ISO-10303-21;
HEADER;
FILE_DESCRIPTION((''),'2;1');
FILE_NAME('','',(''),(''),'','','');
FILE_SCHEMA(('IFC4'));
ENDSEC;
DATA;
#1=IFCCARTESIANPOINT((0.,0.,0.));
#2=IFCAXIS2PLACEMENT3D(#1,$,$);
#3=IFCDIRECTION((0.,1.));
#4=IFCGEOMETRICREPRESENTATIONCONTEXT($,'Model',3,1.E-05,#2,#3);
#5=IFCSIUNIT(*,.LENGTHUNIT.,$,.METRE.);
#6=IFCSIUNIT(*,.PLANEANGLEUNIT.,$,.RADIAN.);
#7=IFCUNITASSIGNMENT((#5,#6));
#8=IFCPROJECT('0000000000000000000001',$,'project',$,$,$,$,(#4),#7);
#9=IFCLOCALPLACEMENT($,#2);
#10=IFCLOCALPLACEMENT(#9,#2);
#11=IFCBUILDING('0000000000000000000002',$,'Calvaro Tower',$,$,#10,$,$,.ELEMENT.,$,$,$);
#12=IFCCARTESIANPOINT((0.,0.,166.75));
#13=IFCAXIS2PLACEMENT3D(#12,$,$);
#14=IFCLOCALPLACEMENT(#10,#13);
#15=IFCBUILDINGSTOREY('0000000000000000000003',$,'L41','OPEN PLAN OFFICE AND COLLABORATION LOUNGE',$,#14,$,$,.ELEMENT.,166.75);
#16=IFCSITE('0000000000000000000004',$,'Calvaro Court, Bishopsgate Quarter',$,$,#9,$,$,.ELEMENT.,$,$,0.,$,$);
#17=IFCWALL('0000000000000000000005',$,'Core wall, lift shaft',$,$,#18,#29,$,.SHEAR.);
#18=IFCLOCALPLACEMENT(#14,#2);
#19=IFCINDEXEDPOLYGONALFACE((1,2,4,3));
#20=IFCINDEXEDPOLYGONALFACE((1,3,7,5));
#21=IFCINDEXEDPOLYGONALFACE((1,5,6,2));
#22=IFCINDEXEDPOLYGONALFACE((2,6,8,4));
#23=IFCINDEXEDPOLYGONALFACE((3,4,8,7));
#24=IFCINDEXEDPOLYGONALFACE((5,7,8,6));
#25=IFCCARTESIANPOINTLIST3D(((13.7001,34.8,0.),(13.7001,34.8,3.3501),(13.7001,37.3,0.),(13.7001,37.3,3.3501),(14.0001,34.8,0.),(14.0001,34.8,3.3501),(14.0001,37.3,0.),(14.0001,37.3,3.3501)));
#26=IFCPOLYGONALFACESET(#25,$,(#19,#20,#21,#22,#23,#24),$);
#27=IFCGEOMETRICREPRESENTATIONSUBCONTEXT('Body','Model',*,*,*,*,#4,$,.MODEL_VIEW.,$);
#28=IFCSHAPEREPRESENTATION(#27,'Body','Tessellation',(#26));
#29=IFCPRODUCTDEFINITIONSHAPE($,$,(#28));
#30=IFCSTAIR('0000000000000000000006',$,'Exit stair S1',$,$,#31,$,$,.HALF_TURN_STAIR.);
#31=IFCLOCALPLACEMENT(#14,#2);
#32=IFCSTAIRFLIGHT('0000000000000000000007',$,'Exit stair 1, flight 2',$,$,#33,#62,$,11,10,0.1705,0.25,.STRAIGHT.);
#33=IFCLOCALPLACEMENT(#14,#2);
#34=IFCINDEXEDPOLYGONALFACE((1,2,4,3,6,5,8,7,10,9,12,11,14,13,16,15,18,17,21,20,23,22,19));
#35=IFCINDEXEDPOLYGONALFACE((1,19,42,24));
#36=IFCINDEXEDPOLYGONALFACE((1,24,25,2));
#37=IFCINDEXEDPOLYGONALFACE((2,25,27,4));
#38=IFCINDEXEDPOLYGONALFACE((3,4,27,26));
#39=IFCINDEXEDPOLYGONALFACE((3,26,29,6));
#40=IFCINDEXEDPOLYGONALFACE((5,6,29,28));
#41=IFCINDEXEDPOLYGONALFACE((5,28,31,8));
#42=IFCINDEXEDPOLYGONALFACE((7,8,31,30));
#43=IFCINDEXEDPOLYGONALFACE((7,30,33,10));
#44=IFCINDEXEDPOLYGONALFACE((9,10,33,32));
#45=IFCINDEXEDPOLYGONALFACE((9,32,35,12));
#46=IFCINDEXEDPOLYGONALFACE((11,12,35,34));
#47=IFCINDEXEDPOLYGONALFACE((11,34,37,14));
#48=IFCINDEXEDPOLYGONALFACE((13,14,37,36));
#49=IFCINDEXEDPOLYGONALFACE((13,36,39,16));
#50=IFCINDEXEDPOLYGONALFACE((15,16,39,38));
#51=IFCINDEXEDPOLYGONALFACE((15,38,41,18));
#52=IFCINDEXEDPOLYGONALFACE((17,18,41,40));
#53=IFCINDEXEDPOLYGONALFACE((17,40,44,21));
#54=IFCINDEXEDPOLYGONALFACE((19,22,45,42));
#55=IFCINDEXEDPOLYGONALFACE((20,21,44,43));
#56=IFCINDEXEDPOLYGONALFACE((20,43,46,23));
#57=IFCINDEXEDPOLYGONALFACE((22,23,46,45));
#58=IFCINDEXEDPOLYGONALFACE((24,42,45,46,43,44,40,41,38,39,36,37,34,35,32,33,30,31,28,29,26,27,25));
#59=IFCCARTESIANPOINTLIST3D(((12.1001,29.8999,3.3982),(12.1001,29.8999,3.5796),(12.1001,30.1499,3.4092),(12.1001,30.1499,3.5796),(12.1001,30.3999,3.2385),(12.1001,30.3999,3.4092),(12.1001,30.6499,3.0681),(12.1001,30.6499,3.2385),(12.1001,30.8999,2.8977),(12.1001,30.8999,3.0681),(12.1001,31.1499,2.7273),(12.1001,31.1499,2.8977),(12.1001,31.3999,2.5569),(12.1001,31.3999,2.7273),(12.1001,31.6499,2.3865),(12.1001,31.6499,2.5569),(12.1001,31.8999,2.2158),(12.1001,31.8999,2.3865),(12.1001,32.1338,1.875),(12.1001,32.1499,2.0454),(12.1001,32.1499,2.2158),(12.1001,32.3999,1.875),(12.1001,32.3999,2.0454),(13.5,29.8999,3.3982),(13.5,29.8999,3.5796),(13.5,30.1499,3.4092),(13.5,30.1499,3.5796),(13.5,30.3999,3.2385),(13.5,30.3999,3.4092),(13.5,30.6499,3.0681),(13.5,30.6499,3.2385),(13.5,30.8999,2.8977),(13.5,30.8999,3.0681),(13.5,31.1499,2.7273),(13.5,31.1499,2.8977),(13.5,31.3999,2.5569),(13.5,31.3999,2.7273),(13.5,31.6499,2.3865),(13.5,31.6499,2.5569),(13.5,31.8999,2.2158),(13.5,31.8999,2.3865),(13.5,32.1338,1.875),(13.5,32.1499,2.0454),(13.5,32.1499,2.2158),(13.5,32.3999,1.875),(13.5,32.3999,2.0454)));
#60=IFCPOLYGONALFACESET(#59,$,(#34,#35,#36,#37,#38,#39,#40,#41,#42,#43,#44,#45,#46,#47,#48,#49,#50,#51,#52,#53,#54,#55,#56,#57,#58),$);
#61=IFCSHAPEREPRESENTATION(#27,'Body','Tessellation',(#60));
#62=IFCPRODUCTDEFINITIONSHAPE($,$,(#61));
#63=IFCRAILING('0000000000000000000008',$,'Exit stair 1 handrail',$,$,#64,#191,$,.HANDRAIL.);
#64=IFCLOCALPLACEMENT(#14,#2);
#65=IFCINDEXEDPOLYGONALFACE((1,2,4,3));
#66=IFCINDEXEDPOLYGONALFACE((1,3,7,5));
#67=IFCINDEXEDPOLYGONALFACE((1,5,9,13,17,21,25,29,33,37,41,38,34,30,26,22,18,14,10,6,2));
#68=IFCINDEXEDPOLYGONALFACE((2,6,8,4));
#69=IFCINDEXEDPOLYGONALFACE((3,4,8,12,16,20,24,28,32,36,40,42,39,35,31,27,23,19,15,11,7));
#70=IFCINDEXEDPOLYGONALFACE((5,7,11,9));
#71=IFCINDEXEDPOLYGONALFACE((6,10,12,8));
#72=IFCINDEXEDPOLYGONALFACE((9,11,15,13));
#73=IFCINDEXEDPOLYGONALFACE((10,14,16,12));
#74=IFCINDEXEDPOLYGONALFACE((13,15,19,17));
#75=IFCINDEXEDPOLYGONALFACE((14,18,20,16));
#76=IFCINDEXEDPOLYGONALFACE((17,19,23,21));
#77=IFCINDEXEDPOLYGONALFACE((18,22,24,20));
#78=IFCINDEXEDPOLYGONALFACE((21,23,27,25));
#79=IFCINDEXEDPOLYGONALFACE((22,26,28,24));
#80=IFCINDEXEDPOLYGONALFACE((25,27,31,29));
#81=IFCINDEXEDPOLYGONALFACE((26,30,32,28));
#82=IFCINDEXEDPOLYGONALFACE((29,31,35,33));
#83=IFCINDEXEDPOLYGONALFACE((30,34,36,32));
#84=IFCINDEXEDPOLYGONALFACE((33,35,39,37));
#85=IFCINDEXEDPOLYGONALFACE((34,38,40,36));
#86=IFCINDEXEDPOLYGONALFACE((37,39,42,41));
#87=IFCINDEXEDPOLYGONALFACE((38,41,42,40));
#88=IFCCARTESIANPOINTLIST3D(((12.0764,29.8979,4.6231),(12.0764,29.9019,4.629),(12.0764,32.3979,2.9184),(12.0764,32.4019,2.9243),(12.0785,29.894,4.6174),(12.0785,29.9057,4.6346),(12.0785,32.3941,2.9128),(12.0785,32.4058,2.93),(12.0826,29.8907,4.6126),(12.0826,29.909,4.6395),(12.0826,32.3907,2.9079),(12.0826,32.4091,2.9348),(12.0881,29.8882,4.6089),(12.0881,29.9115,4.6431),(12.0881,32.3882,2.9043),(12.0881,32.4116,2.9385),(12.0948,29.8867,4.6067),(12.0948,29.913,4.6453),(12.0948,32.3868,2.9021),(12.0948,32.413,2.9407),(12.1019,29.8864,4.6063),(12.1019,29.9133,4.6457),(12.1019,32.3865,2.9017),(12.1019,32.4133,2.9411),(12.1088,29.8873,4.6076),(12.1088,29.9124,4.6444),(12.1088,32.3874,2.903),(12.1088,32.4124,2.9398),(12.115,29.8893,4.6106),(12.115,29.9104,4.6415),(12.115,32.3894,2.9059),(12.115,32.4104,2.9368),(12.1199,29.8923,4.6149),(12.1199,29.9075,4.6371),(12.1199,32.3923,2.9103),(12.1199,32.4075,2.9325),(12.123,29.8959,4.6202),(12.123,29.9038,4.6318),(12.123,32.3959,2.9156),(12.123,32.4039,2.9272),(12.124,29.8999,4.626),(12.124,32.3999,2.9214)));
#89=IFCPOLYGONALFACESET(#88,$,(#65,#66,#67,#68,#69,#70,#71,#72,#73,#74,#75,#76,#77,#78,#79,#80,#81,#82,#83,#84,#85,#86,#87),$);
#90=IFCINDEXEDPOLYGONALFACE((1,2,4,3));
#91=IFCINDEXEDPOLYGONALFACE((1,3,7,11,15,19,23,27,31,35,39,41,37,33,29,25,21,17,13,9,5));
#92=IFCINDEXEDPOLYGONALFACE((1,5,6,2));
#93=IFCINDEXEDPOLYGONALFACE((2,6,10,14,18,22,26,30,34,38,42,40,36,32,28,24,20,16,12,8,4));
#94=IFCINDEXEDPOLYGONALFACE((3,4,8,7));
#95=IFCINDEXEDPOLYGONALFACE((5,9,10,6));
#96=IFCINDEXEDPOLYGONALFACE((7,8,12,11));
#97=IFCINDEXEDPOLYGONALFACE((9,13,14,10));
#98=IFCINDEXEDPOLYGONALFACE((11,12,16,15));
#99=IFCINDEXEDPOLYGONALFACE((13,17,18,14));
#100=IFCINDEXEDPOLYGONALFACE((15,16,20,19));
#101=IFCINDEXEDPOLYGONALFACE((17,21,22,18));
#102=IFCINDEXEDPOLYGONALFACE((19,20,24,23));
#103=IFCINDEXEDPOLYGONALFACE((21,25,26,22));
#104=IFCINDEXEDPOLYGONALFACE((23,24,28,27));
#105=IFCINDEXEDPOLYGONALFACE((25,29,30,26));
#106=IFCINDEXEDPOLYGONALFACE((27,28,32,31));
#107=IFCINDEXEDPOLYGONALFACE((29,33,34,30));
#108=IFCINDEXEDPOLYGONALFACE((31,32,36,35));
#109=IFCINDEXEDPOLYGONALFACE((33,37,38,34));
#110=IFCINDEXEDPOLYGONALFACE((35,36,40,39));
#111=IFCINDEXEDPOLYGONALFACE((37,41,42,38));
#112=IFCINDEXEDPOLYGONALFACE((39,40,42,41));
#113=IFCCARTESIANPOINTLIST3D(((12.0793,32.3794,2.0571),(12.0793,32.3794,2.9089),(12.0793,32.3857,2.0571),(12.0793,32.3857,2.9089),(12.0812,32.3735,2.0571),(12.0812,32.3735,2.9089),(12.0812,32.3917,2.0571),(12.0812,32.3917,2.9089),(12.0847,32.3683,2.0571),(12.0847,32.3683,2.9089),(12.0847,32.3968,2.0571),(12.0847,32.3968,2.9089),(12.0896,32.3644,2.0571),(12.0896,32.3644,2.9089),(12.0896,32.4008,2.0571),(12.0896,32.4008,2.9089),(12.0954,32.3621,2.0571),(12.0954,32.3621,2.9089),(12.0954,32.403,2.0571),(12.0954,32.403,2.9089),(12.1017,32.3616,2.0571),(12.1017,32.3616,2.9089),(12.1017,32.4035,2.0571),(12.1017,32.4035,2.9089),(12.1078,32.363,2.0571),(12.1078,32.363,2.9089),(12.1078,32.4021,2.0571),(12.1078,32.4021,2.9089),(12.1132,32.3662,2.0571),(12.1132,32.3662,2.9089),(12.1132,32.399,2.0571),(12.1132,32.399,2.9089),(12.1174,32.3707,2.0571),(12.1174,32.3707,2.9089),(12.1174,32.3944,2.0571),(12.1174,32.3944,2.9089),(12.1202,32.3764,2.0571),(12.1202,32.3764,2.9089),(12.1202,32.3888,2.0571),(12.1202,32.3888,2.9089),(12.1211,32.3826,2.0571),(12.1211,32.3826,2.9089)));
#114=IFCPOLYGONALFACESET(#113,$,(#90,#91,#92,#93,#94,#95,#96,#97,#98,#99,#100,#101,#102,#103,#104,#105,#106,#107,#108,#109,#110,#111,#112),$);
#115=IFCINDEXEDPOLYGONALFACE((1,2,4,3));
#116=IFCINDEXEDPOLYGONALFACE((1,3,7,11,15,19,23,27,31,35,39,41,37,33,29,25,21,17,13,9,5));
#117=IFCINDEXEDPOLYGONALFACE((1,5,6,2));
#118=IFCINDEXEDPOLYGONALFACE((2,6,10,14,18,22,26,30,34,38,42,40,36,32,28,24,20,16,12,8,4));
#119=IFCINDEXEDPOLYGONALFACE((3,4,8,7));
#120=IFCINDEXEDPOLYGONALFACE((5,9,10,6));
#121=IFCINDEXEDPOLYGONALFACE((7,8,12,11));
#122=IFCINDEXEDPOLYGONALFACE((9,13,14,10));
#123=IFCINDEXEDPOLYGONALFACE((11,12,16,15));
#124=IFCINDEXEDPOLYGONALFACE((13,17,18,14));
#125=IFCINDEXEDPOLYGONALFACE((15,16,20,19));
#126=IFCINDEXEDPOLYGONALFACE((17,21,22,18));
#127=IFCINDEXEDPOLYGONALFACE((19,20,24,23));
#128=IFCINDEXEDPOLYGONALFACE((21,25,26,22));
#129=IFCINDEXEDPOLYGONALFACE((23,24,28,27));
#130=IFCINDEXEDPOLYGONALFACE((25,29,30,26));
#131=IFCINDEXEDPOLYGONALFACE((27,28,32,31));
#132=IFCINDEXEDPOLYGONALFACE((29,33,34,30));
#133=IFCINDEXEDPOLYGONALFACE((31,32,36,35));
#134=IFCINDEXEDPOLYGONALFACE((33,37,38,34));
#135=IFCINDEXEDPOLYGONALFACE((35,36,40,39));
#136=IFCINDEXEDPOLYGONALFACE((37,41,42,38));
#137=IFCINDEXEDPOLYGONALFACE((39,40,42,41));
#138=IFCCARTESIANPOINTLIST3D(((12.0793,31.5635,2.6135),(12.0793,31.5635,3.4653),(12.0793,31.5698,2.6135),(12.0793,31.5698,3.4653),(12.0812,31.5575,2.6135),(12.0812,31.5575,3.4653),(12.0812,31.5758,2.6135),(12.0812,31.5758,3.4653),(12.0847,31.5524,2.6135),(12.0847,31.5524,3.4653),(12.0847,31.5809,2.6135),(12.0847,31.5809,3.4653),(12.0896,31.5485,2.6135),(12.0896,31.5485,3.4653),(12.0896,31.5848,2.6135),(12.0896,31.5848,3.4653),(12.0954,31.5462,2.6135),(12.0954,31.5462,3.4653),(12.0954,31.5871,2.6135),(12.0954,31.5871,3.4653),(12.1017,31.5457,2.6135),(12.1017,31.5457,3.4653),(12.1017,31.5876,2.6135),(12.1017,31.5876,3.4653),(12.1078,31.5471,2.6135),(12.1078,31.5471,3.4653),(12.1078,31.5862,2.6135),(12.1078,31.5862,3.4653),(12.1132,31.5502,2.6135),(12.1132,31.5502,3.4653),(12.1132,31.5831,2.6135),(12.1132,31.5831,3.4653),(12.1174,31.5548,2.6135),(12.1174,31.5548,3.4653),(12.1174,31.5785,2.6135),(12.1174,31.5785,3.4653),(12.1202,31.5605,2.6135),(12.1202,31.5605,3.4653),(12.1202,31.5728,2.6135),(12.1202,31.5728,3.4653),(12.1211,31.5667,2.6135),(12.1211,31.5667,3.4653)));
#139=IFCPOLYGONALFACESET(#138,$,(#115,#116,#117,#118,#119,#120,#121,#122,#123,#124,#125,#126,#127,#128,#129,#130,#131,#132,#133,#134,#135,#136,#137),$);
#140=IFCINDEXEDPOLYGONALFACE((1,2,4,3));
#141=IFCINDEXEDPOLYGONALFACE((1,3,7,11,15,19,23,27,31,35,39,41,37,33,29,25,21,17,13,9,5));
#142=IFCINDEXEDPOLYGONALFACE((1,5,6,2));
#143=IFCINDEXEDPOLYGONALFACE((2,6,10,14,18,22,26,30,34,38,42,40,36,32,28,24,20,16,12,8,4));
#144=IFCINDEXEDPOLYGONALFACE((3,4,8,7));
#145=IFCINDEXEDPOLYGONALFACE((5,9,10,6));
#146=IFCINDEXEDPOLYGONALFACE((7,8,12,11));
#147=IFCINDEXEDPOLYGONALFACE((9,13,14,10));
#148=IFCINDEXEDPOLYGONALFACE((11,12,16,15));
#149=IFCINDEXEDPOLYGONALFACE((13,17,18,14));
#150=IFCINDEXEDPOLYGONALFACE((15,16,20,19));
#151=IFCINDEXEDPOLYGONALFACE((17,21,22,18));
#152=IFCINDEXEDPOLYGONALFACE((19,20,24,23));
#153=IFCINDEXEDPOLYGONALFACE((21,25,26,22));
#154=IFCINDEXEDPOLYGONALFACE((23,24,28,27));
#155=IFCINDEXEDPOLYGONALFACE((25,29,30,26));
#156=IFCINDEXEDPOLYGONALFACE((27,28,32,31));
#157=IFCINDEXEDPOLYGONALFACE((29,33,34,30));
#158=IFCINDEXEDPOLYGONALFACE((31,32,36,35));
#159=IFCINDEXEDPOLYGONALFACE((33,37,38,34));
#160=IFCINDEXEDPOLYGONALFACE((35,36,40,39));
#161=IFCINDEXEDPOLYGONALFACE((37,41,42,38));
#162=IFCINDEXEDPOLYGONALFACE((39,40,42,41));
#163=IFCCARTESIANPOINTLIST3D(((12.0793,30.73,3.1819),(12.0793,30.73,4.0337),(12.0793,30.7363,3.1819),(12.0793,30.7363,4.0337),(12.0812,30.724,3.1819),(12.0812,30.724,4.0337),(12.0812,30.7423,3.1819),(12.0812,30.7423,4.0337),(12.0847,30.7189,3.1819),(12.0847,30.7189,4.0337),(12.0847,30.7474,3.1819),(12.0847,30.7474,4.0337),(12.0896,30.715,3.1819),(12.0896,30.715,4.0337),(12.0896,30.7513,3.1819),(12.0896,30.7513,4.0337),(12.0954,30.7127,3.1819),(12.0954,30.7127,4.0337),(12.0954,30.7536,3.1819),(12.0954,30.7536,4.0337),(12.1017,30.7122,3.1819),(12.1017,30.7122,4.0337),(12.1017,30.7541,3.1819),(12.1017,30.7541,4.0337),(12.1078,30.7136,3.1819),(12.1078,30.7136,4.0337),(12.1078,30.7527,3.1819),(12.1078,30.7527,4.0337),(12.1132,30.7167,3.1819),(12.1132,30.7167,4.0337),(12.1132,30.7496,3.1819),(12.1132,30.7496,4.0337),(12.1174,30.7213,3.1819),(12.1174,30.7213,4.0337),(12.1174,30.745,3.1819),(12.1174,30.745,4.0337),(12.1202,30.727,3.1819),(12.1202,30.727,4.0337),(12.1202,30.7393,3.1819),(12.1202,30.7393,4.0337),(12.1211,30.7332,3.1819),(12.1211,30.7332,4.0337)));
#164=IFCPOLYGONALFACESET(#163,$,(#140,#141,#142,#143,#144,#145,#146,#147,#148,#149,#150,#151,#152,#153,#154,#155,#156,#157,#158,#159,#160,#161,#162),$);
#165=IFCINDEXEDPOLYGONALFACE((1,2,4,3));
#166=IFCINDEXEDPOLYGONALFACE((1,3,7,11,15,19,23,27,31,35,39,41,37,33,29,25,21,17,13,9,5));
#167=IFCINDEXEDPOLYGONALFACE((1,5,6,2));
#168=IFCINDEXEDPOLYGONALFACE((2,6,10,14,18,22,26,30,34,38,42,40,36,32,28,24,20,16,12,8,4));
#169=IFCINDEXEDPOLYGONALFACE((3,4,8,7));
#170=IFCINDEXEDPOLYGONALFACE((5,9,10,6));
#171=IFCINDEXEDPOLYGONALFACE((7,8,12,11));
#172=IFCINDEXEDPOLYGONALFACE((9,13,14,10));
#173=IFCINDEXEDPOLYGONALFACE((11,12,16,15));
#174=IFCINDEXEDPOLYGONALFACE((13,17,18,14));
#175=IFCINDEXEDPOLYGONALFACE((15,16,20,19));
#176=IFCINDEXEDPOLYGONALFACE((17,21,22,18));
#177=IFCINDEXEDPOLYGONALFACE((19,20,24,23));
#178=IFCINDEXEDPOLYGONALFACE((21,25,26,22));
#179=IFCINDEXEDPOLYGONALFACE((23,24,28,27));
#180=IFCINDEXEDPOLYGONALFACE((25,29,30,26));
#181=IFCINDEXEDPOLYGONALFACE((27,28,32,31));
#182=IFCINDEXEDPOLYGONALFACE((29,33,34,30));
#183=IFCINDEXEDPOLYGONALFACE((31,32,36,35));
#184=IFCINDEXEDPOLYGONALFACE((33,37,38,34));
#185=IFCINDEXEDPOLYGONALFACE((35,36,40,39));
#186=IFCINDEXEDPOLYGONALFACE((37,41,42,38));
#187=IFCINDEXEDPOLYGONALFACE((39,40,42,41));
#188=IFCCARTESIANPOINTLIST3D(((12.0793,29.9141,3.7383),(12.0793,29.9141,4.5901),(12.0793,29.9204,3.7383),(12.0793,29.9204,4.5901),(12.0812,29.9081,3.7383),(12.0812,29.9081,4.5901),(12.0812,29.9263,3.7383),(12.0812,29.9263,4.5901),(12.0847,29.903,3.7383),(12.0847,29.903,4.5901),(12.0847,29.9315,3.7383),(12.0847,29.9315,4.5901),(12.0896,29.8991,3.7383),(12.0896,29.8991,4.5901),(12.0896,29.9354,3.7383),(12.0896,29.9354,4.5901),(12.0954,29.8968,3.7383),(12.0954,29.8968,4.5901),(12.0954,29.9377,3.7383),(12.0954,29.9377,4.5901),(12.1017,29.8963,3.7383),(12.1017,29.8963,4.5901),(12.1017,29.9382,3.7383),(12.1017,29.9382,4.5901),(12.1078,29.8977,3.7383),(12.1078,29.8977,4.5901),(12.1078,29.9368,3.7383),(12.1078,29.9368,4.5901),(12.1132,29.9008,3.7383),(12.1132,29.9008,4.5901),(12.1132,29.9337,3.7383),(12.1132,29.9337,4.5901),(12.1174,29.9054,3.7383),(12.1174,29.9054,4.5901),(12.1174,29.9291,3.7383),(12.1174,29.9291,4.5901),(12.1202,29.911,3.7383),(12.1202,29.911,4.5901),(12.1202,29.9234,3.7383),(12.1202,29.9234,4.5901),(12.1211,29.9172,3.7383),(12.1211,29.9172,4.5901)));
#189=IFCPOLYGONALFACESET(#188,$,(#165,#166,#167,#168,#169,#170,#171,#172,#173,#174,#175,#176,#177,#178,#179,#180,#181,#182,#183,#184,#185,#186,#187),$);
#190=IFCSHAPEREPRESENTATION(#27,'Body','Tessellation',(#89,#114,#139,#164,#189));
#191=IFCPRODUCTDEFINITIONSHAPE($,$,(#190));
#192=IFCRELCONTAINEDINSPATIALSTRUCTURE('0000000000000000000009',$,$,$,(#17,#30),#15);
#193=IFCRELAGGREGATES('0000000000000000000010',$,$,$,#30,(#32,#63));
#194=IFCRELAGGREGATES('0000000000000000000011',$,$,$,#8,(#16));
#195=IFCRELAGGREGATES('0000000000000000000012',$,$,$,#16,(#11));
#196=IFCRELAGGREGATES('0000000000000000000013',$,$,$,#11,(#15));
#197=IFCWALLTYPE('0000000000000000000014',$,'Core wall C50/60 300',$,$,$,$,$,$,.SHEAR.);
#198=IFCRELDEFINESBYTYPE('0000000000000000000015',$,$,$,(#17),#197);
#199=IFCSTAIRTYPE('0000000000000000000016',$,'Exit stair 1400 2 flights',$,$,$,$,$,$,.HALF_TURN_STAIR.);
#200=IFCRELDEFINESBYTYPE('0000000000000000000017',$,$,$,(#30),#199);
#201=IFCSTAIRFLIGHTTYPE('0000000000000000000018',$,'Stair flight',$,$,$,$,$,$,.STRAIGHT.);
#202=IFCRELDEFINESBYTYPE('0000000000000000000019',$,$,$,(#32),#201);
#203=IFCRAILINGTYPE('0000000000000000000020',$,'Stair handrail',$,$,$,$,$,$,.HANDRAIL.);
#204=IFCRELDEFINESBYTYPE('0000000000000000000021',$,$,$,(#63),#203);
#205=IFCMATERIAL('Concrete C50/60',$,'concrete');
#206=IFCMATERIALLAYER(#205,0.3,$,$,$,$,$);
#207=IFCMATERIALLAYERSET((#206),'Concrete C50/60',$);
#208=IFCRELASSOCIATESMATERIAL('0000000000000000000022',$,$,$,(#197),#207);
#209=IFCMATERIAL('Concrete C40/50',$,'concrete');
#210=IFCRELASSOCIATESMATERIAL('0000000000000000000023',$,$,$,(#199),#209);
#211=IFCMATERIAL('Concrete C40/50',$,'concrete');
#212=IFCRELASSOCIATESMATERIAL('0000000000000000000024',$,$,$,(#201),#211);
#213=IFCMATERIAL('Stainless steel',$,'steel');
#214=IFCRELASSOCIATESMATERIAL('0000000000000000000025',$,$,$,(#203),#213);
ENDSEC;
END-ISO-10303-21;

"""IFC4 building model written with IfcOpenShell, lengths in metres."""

from ifc_helpers import new_model, si_unit, direction, frame, frame_2d, origin, origin_2d, place, context, subcontext, project, spatial, polyline, rectangle, circle, outline, extrude, material, layer, layer_set, type_object, element, aggregate, save


model = new_model("IFC4")

# Units and contexts
model_context = context("Model", 3, precision=1e-05, world=origin(), true_north=direction((0.0, 1.0)))
body_context = subcontext(model_context, "Body", "Model", "MODEL_VIEW")
ifc_project = project(units=[si_unit("LENGTHUNIT", "METRE"), si_unit("PLANEANGLEUNIT", "RADIAN")], contexts=[model_context])

# Site, building, storey
site_placement = place(None, origin())
site = spatial("IfcSite", under=ifc_project, at=site_placement, Name="Calvaro Court, Bishopsgate Quarter", CompositionType="ELEMENT", RefElevation=0.0)
building_placement = place(site_placement, origin())
building = spatial("IfcBuilding", under=site, at=building_placement, Name="Calvaro Tower", CompositionType="ELEMENT")
storey_placement = place(building_placement, frame((0.0, 0.0, 166.75)))
storey = spatial("IfcBuildingStorey", under=building, at=storey_placement, Name="L41", Description="OPEN PLAN OFFICE AND COLLABORATION LOUNGE", CompositionType="ELEMENT", Elevation=166.75)

# Shared definitions
ifc_material_1 = material(Name="Concrete C50/60", Category="concrete")
ifc_layer_1 = layer(ifc_material_1, 0.3)
ifc_layer_set_1 = layer_set([ifc_layer_1], Name="Concrete C50/60")
wall_type_1 = type_object("IfcWallType", Name="Core wall C50/60 300", PredefinedType="SHEAR", material=ifc_layer_set_1)

# Wall
wall_1_placement = place(storey_placement, frame((13.8501, 34.8, 0.0), z_axis=(0.0, 0.0, 1.0), x_axis=(0.0, 1.0, 0.0)))
element("IfcWall", 1, at=wall_1_placement, inside=storey, type_object=wall_type_1, Name="Core wall, lift shaft", PredefinedType="SHEAR", context=body_context, shape_type="SweptSolid", body=[
    extrude(rectangle(XDim=2.5, YDim=0.3, at=frame_2d((1.25, 0.0))), origin(), (0.0, 0.0, 1.0), 3.3501),
])

# Stair, stair flight, railing
ifc_material_2 = material(Name="Concrete C40/50", Category="concrete")
stair_type = type_object("IfcStairType", Name="Exit stair 1400 2 flights", PredefinedType="HALF_TURN_STAIR", material=ifc_material_2)
stair_placement = place(storey_placement, origin())
stair = element("IfcStair", 2, at=stair_placement, inside=storey, type_object=stair_type, Name="Exit stair S1", PredefinedType="HALF_TURN_STAIR")
ifc_material_3 = material(Name="Concrete C40/50", Category="concrete")
stair_flight_type = type_object("IfcStairFlightType", Name="Stair flight", PredefinedType="STRAIGHT", material=ifc_material_3)
stair_flight_placement = place(storey_placement, frame((12.8, 32.3999, 1.875), z_axis=(0.0, 0.0, 1.0), x_axis=(0.0, -1.0, 0.0)))
stair_flight = element("IfcStairFlight", 3, at=stair_flight_placement, type_object=stair_flight_type, Name="Exit stair 1, flight 2", NumberOfRisers=11, NumberOfTreads=10, PredefinedType="STRAIGHT", RiserHeight=0.1705, TreadLength=0.25, context=body_context, shape_type="SweptSolid", body=[
    extrude(outline(polyline([(0.0, 0.0), (0.0, 0.1704), (0.25, 0.1704), (0.25, 0.3408), (0.5, 0.3408), (0.5, 0.5115), (0.75, 0.5115), (0.75, 0.6819), (1.0, 0.6819), (1.0, 0.8523), (1.25, 0.8523), (1.25, 1.0227), (1.5, 1.0227), (1.5, 1.1931), (1.75, 1.1931), (1.75, 1.3635), (2.0, 1.3635), (2.0, 1.5342), (2.25, 1.5342), (2.25, 1.7046), (2.5, 1.7046), (2.5, 1.875), (2.5, 1.5232), (0.2661, 0.0), (0.0, 0.0)])), frame((0.0, 0.7, 0.0), z_axis=(0.0, -1.0, 0.0), x_axis=(1.0, 0.0, 0.0)), (0.0, 0.0, 1.0), 1.3999),
])
ifc_material_4 = material(Name="Stainless steel", Category="steel")
railing_type = type_object("IfcRailingType", Name="Stair handrail", PredefinedType="HANDRAIL", material=ifc_material_4)
railing_1_placement = place(storey_placement, frame((12.1001, 32.3999, 2.0454)))
railing_1 = element("IfcRailing", 4, at=railing_1_placement, type_object=railing_type, Name="Exit stair 1 handrail", PredefinedType="HANDRAIL", context=body_context, shape_type="SweptSolid", body=[
    extrude(circle(Radius=0.0239, at=origin_2d()), frame((0.0, 0.0, 0.876), z_axis=(0.0, -0.826221, 0.563347), x_axis=(1.0, 0.0, 0.0)), (0.0, 0.0, 1.0), 3.0259),
    extrude(circle(Radius=0.021, at=origin_2d()), frame((0.0, -0.0173, 0.0117)), (0.0, 0.0, 1.0), 0.8518),
    extrude(circle(Radius=0.021, at=origin_2d()), frame((0.0, -0.8333, 0.5681)), (0.0, 0.0, 1.0), 0.8518),
    extrude(circle(Radius=0.021, at=origin_2d()), frame((0.0, -1.6667, 1.1365)), (0.0, 0.0, 1.0), 0.8518),
    extrude(circle(Radius=0.021, at=origin_2d()), frame((0.0, -2.4827, 1.6929)), (0.0, 0.0, 1.0), 0.8518),
])
aggregate(stair, [stair_flight, railing_1])

save(model, "model.ifc")
